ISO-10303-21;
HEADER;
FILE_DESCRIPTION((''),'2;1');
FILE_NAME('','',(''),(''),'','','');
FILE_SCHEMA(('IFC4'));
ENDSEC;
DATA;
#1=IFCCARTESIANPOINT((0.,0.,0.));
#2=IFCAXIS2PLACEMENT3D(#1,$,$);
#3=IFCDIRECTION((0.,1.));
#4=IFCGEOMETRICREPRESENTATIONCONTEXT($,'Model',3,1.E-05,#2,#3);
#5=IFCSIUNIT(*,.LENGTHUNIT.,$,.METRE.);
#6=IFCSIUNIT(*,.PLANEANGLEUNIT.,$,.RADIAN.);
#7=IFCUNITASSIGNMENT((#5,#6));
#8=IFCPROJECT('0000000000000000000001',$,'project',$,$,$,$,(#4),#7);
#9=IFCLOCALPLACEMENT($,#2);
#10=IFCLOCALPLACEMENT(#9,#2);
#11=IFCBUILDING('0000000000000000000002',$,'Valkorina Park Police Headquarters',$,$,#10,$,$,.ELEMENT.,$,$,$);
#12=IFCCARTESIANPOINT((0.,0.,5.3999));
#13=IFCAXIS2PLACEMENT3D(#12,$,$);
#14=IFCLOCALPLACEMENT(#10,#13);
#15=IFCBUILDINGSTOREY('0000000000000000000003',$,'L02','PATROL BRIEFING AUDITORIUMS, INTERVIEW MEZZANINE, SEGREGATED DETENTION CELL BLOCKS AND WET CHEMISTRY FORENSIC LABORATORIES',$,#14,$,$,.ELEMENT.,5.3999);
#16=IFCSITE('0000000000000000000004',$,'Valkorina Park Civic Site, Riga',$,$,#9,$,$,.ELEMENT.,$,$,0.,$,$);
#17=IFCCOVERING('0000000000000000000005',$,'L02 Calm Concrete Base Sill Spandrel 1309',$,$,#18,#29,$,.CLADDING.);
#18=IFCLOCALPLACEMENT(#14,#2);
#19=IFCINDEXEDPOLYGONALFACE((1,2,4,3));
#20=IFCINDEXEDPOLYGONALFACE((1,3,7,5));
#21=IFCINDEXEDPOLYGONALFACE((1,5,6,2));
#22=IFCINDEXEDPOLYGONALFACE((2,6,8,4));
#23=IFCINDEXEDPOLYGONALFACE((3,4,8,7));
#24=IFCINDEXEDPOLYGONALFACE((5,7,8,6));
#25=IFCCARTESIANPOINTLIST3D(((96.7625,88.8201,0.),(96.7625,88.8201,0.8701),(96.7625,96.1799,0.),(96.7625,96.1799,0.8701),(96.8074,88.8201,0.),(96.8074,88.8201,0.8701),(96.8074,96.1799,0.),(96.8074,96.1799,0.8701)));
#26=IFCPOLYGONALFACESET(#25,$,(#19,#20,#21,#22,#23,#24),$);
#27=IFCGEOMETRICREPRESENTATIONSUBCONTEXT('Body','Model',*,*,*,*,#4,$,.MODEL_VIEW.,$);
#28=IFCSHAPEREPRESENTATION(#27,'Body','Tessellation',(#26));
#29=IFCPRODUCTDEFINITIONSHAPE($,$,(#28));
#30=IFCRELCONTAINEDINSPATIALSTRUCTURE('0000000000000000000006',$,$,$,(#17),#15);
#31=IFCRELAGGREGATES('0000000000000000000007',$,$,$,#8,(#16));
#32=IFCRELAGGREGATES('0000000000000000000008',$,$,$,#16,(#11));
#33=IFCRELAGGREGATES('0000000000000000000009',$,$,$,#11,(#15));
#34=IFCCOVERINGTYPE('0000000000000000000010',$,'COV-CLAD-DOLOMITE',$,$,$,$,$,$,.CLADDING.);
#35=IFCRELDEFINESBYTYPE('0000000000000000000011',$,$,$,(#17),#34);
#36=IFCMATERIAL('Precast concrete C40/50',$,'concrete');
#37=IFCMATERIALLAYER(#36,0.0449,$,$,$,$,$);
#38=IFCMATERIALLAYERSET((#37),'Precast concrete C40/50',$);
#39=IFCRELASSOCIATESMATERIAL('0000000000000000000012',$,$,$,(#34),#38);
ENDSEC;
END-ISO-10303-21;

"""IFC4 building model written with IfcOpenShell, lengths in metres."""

from ifc_helpers import new_model, si_unit, direction, frame, frame_2d, origin, place, context, subcontext, project, spatial, rectangle, extrude, material, layer, layer_set, type_object, element, save


model = new_model("IFC4")

# Units and contexts
model_context = context("Model", 3, precision=1e-05, world=origin(), true_north=direction((0.0, 1.0)))
body_context = subcontext(model_context, "Body", "Model", "MODEL_VIEW")
ifc_project = project(units=[si_unit("LENGTHUNIT", "METRE"), si_unit("PLANEANGLEUNIT", "RADIAN")], contexts=[model_context])

# Site, building, storey
site_placement = place(None, origin())
site = spatial("IfcSite", under=ifc_project, at=site_placement, Name="Valkorina Park Civic Site, Riga", CompositionType="ELEMENT", RefElevation=0.0)
building_placement = place(site_placement, origin())
building = spatial("IfcBuilding", under=site, at=building_placement, Name="Valkorina Park Police Headquarters", CompositionType="ELEMENT")
storey_placement = place(building_placement, frame((0.0, 0.0, 5.3999)))
storey = spatial("IfcBuildingStorey", under=building, at=storey_placement, Name="L02", Description="PATROL BRIEFING AUDITORIUMS, INTERVIEW MEZZANINE, SEGREGATED DETENTION CELL BLOCKS AND WET CHEMISTRY FORENSIC LABORATORIES", CompositionType="ELEMENT", Elevation=5.3999)

# Covering
ifc_material = material(Name="Precast concrete C40/50", Category="concrete")
ifc_layer = layer(ifc_material, 0.0449)
ifc_layer_set = layer_set([ifc_layer], Name="Precast concrete C40/50")
covering_type = type_object("IfcCoveringType", Name="COV-CLAD-DOLOMITE", PredefinedType="CLADDING", material=ifc_layer_set)
covering_1_placement = place(storey_placement, frame((96.7849, 88.8201, 0.0), z_axis=(0.0, 0.0, 1.0), x_axis=(0.0, 1.0, 0.0)))
element("IfcCovering", 1, at=covering_1_placement, inside=storey, type_object=covering_type, Name="L02 Calm Concrete Base Sill Spandrel 1309", PredefinedType="CLADDING", context=body_context, shape_type="SweptSolid", body=[
    extrude(rectangle(XDim=7.3599, YDim=0.0449, at=frame_2d((3.6799, 0.0))), origin(), (0.0, 0.0, 1.0), 0.8701),
])

save(model, "model.ifc")
